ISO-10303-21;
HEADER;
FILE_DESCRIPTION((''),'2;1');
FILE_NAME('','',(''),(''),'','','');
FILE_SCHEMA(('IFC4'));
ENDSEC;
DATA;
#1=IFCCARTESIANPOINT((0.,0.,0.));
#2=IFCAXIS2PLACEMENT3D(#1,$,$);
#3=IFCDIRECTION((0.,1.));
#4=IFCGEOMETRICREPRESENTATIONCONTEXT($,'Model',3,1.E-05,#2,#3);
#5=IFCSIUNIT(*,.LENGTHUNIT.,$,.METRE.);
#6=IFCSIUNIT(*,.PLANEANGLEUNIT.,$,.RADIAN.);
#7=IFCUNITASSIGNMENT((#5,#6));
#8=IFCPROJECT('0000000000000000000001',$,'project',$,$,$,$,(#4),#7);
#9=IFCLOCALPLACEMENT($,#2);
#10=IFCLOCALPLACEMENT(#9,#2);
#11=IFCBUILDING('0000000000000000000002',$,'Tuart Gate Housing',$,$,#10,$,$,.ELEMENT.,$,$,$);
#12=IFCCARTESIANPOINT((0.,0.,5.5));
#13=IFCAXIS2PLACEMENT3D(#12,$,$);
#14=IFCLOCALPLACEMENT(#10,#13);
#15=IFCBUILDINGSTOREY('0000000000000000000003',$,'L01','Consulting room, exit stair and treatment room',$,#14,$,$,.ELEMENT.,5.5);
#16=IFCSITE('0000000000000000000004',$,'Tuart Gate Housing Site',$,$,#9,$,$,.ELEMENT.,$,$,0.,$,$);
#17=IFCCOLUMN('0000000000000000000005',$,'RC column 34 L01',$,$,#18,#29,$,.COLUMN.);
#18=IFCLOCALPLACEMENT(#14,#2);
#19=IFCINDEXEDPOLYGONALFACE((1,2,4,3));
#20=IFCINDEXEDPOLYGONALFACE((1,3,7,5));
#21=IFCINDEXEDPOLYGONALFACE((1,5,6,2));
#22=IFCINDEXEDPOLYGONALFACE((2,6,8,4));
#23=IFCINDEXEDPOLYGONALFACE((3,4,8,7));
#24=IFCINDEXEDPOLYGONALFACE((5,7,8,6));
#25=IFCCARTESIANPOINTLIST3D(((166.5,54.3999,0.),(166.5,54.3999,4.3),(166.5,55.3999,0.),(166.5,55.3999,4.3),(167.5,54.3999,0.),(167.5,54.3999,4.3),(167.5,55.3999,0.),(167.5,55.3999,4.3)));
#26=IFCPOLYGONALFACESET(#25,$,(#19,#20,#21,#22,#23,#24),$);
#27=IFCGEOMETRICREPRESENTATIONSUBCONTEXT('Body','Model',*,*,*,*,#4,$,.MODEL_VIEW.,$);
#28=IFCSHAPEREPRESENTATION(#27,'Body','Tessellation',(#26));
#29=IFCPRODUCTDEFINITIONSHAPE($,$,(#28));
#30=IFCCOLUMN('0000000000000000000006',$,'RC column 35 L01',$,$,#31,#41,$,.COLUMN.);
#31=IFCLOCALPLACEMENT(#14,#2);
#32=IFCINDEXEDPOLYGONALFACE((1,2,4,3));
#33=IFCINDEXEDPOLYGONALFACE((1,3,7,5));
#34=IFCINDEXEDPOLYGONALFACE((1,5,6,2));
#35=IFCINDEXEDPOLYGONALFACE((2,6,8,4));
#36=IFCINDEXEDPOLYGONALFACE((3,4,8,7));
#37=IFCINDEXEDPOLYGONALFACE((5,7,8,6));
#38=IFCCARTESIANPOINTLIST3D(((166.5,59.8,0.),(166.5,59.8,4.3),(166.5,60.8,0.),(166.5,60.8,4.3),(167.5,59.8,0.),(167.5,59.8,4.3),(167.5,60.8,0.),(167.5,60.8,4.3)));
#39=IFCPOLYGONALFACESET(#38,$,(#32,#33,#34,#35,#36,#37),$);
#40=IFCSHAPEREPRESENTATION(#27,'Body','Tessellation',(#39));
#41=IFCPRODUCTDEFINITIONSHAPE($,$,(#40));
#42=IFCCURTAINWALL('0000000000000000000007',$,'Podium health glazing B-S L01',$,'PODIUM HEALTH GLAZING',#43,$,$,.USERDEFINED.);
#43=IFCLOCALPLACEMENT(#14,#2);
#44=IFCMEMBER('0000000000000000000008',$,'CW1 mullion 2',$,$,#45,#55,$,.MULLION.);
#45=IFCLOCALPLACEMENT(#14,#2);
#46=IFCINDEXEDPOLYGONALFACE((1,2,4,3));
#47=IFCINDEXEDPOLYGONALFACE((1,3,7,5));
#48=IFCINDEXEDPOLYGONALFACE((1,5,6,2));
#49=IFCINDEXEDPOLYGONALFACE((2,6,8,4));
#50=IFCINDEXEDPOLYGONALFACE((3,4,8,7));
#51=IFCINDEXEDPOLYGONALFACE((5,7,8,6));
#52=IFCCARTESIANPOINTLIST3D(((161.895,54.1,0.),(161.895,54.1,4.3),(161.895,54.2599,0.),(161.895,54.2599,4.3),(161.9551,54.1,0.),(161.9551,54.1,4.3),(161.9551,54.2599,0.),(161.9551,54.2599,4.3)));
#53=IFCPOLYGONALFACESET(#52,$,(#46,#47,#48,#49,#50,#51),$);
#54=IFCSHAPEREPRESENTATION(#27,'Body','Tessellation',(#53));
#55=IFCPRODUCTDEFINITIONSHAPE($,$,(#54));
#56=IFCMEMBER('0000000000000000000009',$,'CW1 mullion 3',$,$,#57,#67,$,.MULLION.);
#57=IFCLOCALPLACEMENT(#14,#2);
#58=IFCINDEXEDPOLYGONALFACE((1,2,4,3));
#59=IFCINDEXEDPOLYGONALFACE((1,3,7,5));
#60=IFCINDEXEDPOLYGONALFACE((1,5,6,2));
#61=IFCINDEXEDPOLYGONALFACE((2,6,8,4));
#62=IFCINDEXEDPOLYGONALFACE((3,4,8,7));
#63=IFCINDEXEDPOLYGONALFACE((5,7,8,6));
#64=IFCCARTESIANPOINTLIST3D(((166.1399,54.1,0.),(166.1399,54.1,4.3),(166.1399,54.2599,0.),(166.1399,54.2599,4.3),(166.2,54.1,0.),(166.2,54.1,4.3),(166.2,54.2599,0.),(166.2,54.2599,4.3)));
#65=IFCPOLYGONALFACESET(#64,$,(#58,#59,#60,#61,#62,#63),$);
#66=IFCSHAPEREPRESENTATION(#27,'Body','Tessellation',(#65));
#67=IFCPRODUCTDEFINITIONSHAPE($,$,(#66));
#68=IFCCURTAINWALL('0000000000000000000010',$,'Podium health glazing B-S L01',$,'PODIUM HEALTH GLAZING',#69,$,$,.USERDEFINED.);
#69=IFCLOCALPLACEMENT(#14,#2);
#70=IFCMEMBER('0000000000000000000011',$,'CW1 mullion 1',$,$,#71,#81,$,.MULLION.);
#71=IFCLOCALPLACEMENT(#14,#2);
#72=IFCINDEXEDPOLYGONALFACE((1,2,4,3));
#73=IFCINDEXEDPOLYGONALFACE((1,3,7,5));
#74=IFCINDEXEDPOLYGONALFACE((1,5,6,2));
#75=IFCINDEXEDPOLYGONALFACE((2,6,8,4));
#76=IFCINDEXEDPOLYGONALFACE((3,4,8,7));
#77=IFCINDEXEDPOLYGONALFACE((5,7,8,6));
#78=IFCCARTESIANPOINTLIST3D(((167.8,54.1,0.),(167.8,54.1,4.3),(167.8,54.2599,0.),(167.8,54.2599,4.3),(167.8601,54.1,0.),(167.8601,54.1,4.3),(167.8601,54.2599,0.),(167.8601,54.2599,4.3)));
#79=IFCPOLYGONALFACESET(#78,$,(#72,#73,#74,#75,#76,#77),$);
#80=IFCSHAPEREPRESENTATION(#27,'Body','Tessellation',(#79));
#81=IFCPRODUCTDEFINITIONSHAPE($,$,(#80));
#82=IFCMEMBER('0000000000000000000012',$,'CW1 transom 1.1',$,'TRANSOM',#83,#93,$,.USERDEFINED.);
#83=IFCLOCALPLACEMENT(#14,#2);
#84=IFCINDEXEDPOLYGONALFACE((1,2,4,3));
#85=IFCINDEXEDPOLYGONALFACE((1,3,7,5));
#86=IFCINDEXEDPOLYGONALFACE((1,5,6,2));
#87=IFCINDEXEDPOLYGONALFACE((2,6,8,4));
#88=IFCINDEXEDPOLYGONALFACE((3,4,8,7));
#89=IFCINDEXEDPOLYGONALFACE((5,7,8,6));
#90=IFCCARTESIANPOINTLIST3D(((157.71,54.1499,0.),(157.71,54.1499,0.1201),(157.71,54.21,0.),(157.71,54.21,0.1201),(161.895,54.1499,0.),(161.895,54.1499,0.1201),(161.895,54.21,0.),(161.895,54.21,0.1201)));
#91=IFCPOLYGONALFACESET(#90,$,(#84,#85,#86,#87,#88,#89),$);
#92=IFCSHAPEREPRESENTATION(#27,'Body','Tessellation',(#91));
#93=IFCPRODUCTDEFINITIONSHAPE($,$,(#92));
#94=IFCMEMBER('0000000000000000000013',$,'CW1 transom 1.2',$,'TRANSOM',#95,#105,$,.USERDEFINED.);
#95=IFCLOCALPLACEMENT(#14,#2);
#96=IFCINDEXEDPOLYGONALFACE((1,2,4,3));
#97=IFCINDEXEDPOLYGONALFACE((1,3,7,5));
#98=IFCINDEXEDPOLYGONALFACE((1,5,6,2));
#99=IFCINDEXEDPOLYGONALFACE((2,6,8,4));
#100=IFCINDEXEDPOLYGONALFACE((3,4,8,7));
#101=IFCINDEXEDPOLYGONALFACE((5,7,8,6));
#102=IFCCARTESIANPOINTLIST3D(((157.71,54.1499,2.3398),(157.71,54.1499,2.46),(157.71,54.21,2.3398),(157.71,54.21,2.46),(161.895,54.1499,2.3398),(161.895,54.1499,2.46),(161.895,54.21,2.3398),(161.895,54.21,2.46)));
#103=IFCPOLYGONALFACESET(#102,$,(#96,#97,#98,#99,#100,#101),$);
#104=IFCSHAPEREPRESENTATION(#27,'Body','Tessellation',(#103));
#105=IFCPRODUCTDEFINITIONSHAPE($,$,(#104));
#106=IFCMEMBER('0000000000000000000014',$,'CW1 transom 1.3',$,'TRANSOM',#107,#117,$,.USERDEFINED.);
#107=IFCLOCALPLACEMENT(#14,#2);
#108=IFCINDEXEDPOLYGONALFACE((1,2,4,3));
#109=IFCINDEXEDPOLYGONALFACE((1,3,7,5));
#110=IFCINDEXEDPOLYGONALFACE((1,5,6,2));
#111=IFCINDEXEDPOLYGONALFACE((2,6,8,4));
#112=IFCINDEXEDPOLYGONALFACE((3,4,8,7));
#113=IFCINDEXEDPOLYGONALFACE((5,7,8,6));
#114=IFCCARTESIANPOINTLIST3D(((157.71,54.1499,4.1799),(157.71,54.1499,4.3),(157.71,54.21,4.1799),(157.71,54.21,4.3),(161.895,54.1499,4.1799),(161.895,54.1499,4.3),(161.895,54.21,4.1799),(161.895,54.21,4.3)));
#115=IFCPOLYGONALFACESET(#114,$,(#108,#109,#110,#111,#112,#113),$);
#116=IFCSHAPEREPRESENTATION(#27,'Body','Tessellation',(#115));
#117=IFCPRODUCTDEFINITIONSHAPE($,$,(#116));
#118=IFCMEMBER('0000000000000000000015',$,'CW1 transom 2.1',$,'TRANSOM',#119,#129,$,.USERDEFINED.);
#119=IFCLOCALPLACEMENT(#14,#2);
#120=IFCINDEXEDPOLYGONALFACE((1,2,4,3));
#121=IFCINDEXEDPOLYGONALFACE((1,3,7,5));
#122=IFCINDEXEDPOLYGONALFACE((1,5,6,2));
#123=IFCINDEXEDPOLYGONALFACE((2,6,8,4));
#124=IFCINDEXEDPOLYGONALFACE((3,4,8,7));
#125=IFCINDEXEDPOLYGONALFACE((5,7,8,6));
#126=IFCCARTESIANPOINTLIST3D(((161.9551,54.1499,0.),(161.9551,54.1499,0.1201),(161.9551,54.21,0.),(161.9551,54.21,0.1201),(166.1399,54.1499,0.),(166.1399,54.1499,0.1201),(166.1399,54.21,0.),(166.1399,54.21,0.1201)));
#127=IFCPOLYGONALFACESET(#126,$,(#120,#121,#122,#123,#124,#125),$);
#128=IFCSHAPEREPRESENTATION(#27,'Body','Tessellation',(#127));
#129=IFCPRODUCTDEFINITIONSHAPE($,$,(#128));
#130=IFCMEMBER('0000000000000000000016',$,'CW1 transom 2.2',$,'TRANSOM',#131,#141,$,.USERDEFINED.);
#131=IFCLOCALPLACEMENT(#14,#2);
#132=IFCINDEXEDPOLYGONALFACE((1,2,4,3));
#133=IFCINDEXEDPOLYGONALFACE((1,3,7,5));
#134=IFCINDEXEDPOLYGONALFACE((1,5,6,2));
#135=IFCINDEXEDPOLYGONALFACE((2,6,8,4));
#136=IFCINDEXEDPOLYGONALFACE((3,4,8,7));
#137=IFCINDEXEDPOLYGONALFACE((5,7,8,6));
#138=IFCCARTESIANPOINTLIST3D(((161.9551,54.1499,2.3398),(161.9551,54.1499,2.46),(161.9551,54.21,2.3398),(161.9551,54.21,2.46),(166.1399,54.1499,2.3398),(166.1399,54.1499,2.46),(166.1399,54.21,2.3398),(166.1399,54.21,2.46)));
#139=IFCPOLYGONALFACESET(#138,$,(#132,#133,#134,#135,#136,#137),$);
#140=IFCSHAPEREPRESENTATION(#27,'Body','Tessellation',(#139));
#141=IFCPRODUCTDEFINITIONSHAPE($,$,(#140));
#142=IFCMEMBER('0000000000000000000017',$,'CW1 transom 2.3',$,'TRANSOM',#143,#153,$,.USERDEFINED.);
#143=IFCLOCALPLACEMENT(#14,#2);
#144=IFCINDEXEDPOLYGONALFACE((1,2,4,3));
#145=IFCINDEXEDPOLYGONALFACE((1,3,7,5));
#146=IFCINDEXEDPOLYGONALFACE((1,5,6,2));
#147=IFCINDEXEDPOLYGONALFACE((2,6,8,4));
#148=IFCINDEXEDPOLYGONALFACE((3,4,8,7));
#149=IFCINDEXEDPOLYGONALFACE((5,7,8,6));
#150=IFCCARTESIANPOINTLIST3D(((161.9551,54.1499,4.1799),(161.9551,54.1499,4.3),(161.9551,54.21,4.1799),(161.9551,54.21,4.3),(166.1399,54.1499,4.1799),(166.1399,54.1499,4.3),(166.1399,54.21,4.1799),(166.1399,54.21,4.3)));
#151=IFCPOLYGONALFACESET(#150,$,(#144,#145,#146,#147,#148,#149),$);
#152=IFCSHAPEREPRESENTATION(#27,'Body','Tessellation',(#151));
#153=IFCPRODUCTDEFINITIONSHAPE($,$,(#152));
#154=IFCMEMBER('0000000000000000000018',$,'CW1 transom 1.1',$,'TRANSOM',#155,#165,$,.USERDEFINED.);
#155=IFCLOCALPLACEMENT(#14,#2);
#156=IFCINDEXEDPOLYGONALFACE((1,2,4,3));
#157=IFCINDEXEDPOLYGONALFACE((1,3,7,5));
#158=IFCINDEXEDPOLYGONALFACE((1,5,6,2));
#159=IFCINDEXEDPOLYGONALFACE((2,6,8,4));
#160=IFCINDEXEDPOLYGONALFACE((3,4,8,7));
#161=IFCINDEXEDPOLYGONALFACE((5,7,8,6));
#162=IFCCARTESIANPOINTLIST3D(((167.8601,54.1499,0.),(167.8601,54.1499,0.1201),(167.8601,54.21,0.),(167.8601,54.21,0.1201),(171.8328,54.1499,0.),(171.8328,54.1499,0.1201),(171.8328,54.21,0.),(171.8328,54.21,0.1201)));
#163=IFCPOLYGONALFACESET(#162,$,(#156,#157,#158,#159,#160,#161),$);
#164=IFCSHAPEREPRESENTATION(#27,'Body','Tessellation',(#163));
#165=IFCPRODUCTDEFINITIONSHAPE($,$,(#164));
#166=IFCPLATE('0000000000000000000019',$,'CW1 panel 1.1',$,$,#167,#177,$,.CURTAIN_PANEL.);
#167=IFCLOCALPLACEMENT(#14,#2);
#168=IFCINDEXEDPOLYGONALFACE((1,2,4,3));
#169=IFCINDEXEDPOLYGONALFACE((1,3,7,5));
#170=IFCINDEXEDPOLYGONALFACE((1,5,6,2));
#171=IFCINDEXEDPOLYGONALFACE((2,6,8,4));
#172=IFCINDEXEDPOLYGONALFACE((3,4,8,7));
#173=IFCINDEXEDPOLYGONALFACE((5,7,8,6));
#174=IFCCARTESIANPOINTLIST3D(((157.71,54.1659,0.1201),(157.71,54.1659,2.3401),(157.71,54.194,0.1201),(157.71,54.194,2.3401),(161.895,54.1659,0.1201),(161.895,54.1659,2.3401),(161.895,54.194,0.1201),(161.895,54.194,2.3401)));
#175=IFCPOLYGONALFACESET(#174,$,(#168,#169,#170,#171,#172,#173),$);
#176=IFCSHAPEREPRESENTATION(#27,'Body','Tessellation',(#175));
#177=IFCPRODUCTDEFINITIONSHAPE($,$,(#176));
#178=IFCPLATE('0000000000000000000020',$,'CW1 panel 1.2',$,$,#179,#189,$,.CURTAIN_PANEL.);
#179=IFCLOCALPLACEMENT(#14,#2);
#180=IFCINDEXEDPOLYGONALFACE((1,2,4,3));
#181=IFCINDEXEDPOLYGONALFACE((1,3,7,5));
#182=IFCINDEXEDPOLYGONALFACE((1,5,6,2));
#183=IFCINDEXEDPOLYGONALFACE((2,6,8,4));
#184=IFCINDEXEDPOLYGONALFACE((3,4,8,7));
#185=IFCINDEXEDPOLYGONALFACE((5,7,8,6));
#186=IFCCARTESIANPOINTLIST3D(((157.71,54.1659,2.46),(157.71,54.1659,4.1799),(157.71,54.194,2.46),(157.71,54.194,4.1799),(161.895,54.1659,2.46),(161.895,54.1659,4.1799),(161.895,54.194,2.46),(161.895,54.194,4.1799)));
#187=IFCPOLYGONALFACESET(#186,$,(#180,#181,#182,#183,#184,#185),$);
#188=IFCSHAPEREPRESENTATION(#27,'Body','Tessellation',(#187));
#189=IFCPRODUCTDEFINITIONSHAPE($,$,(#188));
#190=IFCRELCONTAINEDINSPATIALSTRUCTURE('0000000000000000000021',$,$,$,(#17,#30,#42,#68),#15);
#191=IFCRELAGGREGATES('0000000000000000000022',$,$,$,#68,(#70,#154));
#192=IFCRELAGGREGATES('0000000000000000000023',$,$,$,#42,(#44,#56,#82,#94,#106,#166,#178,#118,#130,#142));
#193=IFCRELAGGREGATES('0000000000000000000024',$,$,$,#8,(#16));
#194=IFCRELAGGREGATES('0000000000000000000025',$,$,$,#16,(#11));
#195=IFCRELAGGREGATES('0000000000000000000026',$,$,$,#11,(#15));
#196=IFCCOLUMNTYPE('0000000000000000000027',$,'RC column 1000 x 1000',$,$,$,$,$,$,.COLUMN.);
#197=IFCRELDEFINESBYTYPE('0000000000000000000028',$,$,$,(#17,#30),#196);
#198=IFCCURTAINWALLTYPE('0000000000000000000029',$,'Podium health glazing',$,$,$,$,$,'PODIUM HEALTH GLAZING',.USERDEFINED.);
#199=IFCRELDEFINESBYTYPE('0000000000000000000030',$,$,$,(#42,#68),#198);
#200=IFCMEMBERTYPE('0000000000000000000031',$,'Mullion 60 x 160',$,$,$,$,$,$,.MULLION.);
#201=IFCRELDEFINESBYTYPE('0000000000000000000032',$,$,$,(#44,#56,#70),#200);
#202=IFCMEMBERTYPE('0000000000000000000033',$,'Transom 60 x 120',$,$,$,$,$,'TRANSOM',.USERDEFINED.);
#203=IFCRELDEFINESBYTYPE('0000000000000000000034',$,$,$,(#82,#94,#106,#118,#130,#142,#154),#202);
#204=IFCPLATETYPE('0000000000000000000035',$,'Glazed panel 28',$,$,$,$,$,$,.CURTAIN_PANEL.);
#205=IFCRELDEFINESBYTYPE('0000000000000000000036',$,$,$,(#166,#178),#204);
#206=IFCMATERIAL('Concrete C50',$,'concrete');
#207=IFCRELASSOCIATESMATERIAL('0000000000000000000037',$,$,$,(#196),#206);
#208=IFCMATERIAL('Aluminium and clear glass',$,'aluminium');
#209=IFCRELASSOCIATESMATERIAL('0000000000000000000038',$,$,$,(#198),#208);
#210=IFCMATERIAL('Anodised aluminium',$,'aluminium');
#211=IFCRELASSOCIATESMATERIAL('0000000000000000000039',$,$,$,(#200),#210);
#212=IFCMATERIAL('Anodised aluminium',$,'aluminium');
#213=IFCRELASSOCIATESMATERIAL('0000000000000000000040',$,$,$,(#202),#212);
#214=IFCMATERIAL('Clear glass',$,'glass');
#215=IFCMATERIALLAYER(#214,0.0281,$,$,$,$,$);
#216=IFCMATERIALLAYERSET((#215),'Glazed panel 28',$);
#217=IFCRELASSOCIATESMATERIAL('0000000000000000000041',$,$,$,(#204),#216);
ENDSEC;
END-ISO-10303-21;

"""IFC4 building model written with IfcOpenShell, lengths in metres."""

from ifc_helpers import new_model, si_unit, direction, frame, origin, origin_2d, place, context, subcontext, project, spatial, rectangle, extrude, material, layer, layer_set, material_profile, profile_set, type_object, element, aggregate, save


model = new_model("IFC4")

# Units and contexts
model_context = context("Model", 3, precision=1e-05, world=origin(), true_north=direction((0.0, 1.0)))
body_context = subcontext(model_context, "Body", "Model", "MODEL_VIEW")
ifc_project = project(units=[si_unit("LENGTHUNIT", "METRE"), si_unit("PLANEANGLEUNIT", "RADIAN")], contexts=[model_context])

# Site, building, storey
site_placement = place(None, origin())
site = spatial("IfcSite", under=ifc_project, at=site_placement, Name="Tuart Gate Housing Site", CompositionType="ELEMENT", RefElevation=0.0)
building_placement = place(site_placement, origin())
building = spatial("IfcBuilding", under=site, at=building_placement, Name="Tuart Gate Housing", CompositionType="ELEMENT")
storey_placement = place(building_placement, frame((0.0, 0.0, 5.5)))
storey = spatial("IfcBuildingStorey", under=building, at=storey_placement, Name="L01", Description="Consulting room, exit stair and treatment room", CompositionType="ELEMENT", Elevation=5.5)

# Columns
ifc_material_1 = material(Name="Concrete C50", Category="concrete")
ifc_material_profile_1 = material_profile(ifc_material_1, rectangle(XDim=1.0, YDim=1.0, at=origin_2d()), Name="RC column 1000 x 1000")
ifc_profile_set_1 = profile_set([ifc_material_profile_1], Name="Concrete C50")
column_type = type_object("IfcColumnType", Name="RC column 1000 x 1000", PredefinedType="COLUMN", material=ifc_profile_set_1)
for number, where, z_axis, x_axis, name in (
    (1, (167.0, 54.8999, 0.0), (0.0, 0.0, 1.0), (1.0, 0.0, 0.0), "RC column 34 L01"),
    (2, (167.0, 60.3, 0.0), (0.0, 0.0, 1.0), (1.0, 0.0, 0.0), "RC column 35 L01"),
):
    element("IfcColumn", number, at=place(storey_placement, frame(where, z_axis=z_axis, x_axis=x_axis)), inside=storey, type_object=column_type, Name=name, PredefinedType="COLUMN", context=body_context, shape_type="SweptSolid", body=[
        extrude(rectangle(XDim=1.0, YDim=1.0, at=origin_2d()), origin(), (0.0, 0.0, 1.0), 4.3),
    ])

# Curtain wall, members
ifc_material_2 = material(Name="Aluminium and clear glass", Category="aluminium")
curtain_wall_type = type_object("IfcCurtainWallType", Name="Podium health glazing", ElementType="PODIUM HEALTH GLAZING", PredefinedType="USERDEFINED", material=ifc_material_2)
curtain_wall_1_placement = place(storey_placement, origin())
curtain_wall_1 = element("IfcCurtainWall", 3, at=curtain_wall_1_placement, inside=storey, type_object=curtain_wall_type, Name="Podium health glazing B-S L01", ObjectType="PODIUM HEALTH GLAZING", PredefinedType="USERDEFINED")
ifc_material_3 = material(Name="Anodised aluminium", Category="aluminium")
ifc_material_profile_2 = material_profile(ifc_material_3, rectangle(XDim=0.0601, YDim=0.1599, at=origin_2d()), Name="60x160")
ifc_profile_set_2 = profile_set([ifc_material_profile_2], Name="Anodised aluminium")
member_type_1 = type_object("IfcMemberType", Name="Mullion 60 x 160", PredefinedType="MULLION", material=ifc_profile_set_2)
member_1_placement = place(storey_placement, frame((161.925, 54.1799, 0.0), z_axis=(0.0, 0.0, 1.0), x_axis=(1.0, 0.0, 0.0)))
member_1 = element("IfcMember", 4, at=member_1_placement, type_object=member_type_1, Name="CW1 mullion 2", PredefinedType="MULLION", context=body_context, shape_type="SweptSolid", body=[
    extrude(rectangle(XDim=0.0601, YDim=0.1599, at=origin_2d()), origin(), (0.0, 0.0, 1.0), 4.3),
])
member_2_placement = place(storey_placement, frame((166.1699, 54.1799, 0.0), z_axis=(0.0, 0.0, 1.0), x_axis=(1.0, 0.0, 0.0)))
member_2 = element("IfcMember", 5, at=member_2_placement, type_object=member_type_1, Name="CW1 mullion 3", PredefinedType="MULLION", context=body_context, shape_type="SweptSolid", body=[
    extrude(rectangle(XDim=0.0601, YDim=0.1599, at=origin_2d()), origin(), (0.0, 0.0, 1.0), 4.3),
])

# Curtain wall, member
curtain_wall_2_placement = place(storey_placement, origin())
curtain_wall_2 = element("IfcCurtainWall", 6, at=curtain_wall_2_placement, inside=storey, type_object=curtain_wall_type, Name="Podium health glazing B-S L01", ObjectType="PODIUM HEALTH GLAZING", PredefinedType="USERDEFINED")
member_3_placement = place(storey_placement, frame((167.8301, 54.1799, 0.0), z_axis=(0.0, 0.0, 1.0), x_axis=(1.0, 0.0, 0.0)))
member_3 = element("IfcMember", 7, at=member_3_placement, type_object=member_type_1, Name="CW1 mullion 1", PredefinedType="MULLION", context=body_context, shape_type="SweptSolid", body=[
    extrude(rectangle(XDim=0.0601, YDim=0.1599, at=origin_2d()), origin(), (0.0, 0.0, 1.0), 4.3),
])

# Members
ifc_material_4 = material(Name="Anodised aluminium", Category="aluminium")
ifc_material_profile_3 = material_profile(ifc_material_4, rectangle(XDim=0.0601, YDim=0.1201, at=origin_2d()), Name="60x120")
ifc_profile_set_3 = profile_set([ifc_material_profile_3], Name="Anodised aluminium")
member_type_2 = type_object("IfcMemberType", Name="Transom 60 x 120", ElementType="TRANSOM", PredefinedType="USERDEFINED", material=ifc_profile_set_3)
member_4_placement = place(storey_placement, frame((157.71, 54.1799, 0.0601), z_axis=(1.0, 0.0, 0.0), x_axis=(0.0, 1.0, 0.0)))
member_4 = element("IfcMember", 8, at=member_4_placement, type_object=member_type_2, Name="CW1 transom 1.1", ObjectType="TRANSOM", PredefinedType="USERDEFINED", context=body_context, shape_type="SweptSolid", body=[
    extrude(rectangle(XDim=0.0601, YDim=0.1201, at=origin_2d()), origin(), (0.0, 0.0, 1.0), 4.1851),
])
member_5_placement = place(storey_placement, frame((157.71, 54.1799, 2.3999), z_axis=(1.0, 0.0, 0.0), x_axis=(0.0, 1.0, 0.0)))
member_5 = element("IfcMember", 9, at=member_5_placement, type_object=member_type_2, Name="CW1 transom 1.2", ObjectType="TRANSOM", PredefinedType="USERDEFINED", context=body_context, shape_type="SweptSolid", body=[
    extrude(rectangle(XDim=0.0601, YDim=0.1201, at=origin_2d()), origin(), (0.0, 0.0, 1.0), 4.1851),
])
member_6_placement = place(storey_placement, frame((157.71, 54.1799, 4.24), z_axis=(1.0, 0.0, 0.0), x_axis=(0.0, 1.0, 0.0)))
member_6 = element("IfcMember", 10, at=member_6_placement, type_object=member_type_2, Name="CW1 transom 1.3", ObjectType="TRANSOM", PredefinedType="USERDEFINED", context=body_context, shape_type="SweptSolid", body=[
    extrude(rectangle(XDim=0.0601, YDim=0.1201, at=origin_2d()), origin(), (0.0, 0.0, 1.0), 4.1851),
])
member_7_placement = place(storey_placement, frame((161.9551, 54.1799, 0.0601), z_axis=(1.0, 0.0, 0.0), x_axis=(0.0, 1.0, 0.0)))
member_7 = element("IfcMember", 11, at=member_7_placement, type_object=member_type_2, Name="CW1 transom 2.1", ObjectType="TRANSOM", PredefinedType="USERDEFINED", context=body_context, shape_type="SweptSolid", body=[
    extrude(rectangle(XDim=0.0601, YDim=0.1201, at=origin_2d()), origin(), (0.0, 0.0, 1.0), 4.1848),
])
member_8_placement = place(storey_placement, frame((161.9551, 54.1799, 2.3999), z_axis=(1.0, 0.0, 0.0), x_axis=(0.0, 1.0, 0.0)))
member_8 = element("IfcMember", 12, at=member_8_placement, type_object=member_type_2, Name="CW1 transom 2.2", ObjectType="TRANSOM", PredefinedType="USERDEFINED", context=body_context, shape_type="SweptSolid", body=[
    extrude(rectangle(XDim=0.0601, YDim=0.1201, at=origin_2d()), origin(), (0.0, 0.0, 1.0), 4.1848),
])
member_9_placement = place(storey_placement, frame((161.9551, 54.1799, 4.24), z_axis=(1.0, 0.0, 0.0), x_axis=(0.0, 1.0, 0.0)))
member_9 = element("IfcMember", 13, at=member_9_placement, type_object=member_type_2, Name="CW1 transom 2.3", ObjectType="TRANSOM", PredefinedType="USERDEFINED", context=body_context, shape_type="SweptSolid", body=[
    extrude(rectangle(XDim=0.0601, YDim=0.1201, at=origin_2d()), origin(), (0.0, 0.0, 1.0), 4.1848),
])
member_10_placement = place(storey_placement, frame((167.8601, 54.1799, 0.0601), z_axis=(1.0, 0.0, 0.0), x_axis=(0.0, 1.0, 0.0)))
member_10 = element("IfcMember", 14, at=member_10_placement, type_object=member_type_2, Name="CW1 transom 1.1", ObjectType="TRANSOM", PredefinedType="USERDEFINED", context=body_context, shape_type="SweptSolid", body=[
    extrude(rectangle(XDim=0.0601, YDim=0.1201, at=origin_2d()), origin(), (0.0, 0.0, 1.0), 3.9727),
])
aggregate(curtain_wall_2, [member_3, member_10])

# Plates
ifc_material_5 = material(Name="Clear glass", Category="glass")
ifc_layer_1 = layer(ifc_material_5, 0.0281)
ifc_layer_set_1 = layer_set([ifc_layer_1], Name="Glazed panel 28")
plate_type = type_object("IfcPlateType", Name="Glazed panel 28", PredefinedType="CURTAIN_PANEL", material=ifc_layer_set_1)
plate_1_placement = place(storey_placement, frame((159.8025, 54.1799, 0.1201), z_axis=(0.0, 0.0, 1.0), x_axis=(1.0, 0.0, 0.0)))
plate_1 = element("IfcPlate", 15, at=plate_1_placement, type_object=plate_type, Name="CW1 panel 1.1", PredefinedType="CURTAIN_PANEL", context=body_context, shape_type="SweptSolid", body=[
    extrude(rectangle(XDim=4.1851, YDim=0.0281, at=origin_2d()), origin(), (0.0, 0.0, 1.0), 2.22),
])
plate_2_placement = place(storey_placement, frame((159.8025, 54.1799, 2.46), z_axis=(0.0, 0.0, 1.0), x_axis=(1.0, 0.0, 0.0)))
plate_2 = element("IfcPlate", 16, at=plate_2_placement, type_object=plate_type, Name="CW1 panel 1.2", PredefinedType="CURTAIN_PANEL", context=body_context, shape_type="SweptSolid", body=[
    extrude(rectangle(XDim=4.1851, YDim=0.0281, at=origin_2d()), origin(), (0.0, 0.0, 1.0), 1.72),
])
aggregate(curtain_wall_1, [member_1, member_2, member_4, member_5, member_6, plate_1, plate_2, member_7, member_8, member_9])

save(model, "model.ifc")
